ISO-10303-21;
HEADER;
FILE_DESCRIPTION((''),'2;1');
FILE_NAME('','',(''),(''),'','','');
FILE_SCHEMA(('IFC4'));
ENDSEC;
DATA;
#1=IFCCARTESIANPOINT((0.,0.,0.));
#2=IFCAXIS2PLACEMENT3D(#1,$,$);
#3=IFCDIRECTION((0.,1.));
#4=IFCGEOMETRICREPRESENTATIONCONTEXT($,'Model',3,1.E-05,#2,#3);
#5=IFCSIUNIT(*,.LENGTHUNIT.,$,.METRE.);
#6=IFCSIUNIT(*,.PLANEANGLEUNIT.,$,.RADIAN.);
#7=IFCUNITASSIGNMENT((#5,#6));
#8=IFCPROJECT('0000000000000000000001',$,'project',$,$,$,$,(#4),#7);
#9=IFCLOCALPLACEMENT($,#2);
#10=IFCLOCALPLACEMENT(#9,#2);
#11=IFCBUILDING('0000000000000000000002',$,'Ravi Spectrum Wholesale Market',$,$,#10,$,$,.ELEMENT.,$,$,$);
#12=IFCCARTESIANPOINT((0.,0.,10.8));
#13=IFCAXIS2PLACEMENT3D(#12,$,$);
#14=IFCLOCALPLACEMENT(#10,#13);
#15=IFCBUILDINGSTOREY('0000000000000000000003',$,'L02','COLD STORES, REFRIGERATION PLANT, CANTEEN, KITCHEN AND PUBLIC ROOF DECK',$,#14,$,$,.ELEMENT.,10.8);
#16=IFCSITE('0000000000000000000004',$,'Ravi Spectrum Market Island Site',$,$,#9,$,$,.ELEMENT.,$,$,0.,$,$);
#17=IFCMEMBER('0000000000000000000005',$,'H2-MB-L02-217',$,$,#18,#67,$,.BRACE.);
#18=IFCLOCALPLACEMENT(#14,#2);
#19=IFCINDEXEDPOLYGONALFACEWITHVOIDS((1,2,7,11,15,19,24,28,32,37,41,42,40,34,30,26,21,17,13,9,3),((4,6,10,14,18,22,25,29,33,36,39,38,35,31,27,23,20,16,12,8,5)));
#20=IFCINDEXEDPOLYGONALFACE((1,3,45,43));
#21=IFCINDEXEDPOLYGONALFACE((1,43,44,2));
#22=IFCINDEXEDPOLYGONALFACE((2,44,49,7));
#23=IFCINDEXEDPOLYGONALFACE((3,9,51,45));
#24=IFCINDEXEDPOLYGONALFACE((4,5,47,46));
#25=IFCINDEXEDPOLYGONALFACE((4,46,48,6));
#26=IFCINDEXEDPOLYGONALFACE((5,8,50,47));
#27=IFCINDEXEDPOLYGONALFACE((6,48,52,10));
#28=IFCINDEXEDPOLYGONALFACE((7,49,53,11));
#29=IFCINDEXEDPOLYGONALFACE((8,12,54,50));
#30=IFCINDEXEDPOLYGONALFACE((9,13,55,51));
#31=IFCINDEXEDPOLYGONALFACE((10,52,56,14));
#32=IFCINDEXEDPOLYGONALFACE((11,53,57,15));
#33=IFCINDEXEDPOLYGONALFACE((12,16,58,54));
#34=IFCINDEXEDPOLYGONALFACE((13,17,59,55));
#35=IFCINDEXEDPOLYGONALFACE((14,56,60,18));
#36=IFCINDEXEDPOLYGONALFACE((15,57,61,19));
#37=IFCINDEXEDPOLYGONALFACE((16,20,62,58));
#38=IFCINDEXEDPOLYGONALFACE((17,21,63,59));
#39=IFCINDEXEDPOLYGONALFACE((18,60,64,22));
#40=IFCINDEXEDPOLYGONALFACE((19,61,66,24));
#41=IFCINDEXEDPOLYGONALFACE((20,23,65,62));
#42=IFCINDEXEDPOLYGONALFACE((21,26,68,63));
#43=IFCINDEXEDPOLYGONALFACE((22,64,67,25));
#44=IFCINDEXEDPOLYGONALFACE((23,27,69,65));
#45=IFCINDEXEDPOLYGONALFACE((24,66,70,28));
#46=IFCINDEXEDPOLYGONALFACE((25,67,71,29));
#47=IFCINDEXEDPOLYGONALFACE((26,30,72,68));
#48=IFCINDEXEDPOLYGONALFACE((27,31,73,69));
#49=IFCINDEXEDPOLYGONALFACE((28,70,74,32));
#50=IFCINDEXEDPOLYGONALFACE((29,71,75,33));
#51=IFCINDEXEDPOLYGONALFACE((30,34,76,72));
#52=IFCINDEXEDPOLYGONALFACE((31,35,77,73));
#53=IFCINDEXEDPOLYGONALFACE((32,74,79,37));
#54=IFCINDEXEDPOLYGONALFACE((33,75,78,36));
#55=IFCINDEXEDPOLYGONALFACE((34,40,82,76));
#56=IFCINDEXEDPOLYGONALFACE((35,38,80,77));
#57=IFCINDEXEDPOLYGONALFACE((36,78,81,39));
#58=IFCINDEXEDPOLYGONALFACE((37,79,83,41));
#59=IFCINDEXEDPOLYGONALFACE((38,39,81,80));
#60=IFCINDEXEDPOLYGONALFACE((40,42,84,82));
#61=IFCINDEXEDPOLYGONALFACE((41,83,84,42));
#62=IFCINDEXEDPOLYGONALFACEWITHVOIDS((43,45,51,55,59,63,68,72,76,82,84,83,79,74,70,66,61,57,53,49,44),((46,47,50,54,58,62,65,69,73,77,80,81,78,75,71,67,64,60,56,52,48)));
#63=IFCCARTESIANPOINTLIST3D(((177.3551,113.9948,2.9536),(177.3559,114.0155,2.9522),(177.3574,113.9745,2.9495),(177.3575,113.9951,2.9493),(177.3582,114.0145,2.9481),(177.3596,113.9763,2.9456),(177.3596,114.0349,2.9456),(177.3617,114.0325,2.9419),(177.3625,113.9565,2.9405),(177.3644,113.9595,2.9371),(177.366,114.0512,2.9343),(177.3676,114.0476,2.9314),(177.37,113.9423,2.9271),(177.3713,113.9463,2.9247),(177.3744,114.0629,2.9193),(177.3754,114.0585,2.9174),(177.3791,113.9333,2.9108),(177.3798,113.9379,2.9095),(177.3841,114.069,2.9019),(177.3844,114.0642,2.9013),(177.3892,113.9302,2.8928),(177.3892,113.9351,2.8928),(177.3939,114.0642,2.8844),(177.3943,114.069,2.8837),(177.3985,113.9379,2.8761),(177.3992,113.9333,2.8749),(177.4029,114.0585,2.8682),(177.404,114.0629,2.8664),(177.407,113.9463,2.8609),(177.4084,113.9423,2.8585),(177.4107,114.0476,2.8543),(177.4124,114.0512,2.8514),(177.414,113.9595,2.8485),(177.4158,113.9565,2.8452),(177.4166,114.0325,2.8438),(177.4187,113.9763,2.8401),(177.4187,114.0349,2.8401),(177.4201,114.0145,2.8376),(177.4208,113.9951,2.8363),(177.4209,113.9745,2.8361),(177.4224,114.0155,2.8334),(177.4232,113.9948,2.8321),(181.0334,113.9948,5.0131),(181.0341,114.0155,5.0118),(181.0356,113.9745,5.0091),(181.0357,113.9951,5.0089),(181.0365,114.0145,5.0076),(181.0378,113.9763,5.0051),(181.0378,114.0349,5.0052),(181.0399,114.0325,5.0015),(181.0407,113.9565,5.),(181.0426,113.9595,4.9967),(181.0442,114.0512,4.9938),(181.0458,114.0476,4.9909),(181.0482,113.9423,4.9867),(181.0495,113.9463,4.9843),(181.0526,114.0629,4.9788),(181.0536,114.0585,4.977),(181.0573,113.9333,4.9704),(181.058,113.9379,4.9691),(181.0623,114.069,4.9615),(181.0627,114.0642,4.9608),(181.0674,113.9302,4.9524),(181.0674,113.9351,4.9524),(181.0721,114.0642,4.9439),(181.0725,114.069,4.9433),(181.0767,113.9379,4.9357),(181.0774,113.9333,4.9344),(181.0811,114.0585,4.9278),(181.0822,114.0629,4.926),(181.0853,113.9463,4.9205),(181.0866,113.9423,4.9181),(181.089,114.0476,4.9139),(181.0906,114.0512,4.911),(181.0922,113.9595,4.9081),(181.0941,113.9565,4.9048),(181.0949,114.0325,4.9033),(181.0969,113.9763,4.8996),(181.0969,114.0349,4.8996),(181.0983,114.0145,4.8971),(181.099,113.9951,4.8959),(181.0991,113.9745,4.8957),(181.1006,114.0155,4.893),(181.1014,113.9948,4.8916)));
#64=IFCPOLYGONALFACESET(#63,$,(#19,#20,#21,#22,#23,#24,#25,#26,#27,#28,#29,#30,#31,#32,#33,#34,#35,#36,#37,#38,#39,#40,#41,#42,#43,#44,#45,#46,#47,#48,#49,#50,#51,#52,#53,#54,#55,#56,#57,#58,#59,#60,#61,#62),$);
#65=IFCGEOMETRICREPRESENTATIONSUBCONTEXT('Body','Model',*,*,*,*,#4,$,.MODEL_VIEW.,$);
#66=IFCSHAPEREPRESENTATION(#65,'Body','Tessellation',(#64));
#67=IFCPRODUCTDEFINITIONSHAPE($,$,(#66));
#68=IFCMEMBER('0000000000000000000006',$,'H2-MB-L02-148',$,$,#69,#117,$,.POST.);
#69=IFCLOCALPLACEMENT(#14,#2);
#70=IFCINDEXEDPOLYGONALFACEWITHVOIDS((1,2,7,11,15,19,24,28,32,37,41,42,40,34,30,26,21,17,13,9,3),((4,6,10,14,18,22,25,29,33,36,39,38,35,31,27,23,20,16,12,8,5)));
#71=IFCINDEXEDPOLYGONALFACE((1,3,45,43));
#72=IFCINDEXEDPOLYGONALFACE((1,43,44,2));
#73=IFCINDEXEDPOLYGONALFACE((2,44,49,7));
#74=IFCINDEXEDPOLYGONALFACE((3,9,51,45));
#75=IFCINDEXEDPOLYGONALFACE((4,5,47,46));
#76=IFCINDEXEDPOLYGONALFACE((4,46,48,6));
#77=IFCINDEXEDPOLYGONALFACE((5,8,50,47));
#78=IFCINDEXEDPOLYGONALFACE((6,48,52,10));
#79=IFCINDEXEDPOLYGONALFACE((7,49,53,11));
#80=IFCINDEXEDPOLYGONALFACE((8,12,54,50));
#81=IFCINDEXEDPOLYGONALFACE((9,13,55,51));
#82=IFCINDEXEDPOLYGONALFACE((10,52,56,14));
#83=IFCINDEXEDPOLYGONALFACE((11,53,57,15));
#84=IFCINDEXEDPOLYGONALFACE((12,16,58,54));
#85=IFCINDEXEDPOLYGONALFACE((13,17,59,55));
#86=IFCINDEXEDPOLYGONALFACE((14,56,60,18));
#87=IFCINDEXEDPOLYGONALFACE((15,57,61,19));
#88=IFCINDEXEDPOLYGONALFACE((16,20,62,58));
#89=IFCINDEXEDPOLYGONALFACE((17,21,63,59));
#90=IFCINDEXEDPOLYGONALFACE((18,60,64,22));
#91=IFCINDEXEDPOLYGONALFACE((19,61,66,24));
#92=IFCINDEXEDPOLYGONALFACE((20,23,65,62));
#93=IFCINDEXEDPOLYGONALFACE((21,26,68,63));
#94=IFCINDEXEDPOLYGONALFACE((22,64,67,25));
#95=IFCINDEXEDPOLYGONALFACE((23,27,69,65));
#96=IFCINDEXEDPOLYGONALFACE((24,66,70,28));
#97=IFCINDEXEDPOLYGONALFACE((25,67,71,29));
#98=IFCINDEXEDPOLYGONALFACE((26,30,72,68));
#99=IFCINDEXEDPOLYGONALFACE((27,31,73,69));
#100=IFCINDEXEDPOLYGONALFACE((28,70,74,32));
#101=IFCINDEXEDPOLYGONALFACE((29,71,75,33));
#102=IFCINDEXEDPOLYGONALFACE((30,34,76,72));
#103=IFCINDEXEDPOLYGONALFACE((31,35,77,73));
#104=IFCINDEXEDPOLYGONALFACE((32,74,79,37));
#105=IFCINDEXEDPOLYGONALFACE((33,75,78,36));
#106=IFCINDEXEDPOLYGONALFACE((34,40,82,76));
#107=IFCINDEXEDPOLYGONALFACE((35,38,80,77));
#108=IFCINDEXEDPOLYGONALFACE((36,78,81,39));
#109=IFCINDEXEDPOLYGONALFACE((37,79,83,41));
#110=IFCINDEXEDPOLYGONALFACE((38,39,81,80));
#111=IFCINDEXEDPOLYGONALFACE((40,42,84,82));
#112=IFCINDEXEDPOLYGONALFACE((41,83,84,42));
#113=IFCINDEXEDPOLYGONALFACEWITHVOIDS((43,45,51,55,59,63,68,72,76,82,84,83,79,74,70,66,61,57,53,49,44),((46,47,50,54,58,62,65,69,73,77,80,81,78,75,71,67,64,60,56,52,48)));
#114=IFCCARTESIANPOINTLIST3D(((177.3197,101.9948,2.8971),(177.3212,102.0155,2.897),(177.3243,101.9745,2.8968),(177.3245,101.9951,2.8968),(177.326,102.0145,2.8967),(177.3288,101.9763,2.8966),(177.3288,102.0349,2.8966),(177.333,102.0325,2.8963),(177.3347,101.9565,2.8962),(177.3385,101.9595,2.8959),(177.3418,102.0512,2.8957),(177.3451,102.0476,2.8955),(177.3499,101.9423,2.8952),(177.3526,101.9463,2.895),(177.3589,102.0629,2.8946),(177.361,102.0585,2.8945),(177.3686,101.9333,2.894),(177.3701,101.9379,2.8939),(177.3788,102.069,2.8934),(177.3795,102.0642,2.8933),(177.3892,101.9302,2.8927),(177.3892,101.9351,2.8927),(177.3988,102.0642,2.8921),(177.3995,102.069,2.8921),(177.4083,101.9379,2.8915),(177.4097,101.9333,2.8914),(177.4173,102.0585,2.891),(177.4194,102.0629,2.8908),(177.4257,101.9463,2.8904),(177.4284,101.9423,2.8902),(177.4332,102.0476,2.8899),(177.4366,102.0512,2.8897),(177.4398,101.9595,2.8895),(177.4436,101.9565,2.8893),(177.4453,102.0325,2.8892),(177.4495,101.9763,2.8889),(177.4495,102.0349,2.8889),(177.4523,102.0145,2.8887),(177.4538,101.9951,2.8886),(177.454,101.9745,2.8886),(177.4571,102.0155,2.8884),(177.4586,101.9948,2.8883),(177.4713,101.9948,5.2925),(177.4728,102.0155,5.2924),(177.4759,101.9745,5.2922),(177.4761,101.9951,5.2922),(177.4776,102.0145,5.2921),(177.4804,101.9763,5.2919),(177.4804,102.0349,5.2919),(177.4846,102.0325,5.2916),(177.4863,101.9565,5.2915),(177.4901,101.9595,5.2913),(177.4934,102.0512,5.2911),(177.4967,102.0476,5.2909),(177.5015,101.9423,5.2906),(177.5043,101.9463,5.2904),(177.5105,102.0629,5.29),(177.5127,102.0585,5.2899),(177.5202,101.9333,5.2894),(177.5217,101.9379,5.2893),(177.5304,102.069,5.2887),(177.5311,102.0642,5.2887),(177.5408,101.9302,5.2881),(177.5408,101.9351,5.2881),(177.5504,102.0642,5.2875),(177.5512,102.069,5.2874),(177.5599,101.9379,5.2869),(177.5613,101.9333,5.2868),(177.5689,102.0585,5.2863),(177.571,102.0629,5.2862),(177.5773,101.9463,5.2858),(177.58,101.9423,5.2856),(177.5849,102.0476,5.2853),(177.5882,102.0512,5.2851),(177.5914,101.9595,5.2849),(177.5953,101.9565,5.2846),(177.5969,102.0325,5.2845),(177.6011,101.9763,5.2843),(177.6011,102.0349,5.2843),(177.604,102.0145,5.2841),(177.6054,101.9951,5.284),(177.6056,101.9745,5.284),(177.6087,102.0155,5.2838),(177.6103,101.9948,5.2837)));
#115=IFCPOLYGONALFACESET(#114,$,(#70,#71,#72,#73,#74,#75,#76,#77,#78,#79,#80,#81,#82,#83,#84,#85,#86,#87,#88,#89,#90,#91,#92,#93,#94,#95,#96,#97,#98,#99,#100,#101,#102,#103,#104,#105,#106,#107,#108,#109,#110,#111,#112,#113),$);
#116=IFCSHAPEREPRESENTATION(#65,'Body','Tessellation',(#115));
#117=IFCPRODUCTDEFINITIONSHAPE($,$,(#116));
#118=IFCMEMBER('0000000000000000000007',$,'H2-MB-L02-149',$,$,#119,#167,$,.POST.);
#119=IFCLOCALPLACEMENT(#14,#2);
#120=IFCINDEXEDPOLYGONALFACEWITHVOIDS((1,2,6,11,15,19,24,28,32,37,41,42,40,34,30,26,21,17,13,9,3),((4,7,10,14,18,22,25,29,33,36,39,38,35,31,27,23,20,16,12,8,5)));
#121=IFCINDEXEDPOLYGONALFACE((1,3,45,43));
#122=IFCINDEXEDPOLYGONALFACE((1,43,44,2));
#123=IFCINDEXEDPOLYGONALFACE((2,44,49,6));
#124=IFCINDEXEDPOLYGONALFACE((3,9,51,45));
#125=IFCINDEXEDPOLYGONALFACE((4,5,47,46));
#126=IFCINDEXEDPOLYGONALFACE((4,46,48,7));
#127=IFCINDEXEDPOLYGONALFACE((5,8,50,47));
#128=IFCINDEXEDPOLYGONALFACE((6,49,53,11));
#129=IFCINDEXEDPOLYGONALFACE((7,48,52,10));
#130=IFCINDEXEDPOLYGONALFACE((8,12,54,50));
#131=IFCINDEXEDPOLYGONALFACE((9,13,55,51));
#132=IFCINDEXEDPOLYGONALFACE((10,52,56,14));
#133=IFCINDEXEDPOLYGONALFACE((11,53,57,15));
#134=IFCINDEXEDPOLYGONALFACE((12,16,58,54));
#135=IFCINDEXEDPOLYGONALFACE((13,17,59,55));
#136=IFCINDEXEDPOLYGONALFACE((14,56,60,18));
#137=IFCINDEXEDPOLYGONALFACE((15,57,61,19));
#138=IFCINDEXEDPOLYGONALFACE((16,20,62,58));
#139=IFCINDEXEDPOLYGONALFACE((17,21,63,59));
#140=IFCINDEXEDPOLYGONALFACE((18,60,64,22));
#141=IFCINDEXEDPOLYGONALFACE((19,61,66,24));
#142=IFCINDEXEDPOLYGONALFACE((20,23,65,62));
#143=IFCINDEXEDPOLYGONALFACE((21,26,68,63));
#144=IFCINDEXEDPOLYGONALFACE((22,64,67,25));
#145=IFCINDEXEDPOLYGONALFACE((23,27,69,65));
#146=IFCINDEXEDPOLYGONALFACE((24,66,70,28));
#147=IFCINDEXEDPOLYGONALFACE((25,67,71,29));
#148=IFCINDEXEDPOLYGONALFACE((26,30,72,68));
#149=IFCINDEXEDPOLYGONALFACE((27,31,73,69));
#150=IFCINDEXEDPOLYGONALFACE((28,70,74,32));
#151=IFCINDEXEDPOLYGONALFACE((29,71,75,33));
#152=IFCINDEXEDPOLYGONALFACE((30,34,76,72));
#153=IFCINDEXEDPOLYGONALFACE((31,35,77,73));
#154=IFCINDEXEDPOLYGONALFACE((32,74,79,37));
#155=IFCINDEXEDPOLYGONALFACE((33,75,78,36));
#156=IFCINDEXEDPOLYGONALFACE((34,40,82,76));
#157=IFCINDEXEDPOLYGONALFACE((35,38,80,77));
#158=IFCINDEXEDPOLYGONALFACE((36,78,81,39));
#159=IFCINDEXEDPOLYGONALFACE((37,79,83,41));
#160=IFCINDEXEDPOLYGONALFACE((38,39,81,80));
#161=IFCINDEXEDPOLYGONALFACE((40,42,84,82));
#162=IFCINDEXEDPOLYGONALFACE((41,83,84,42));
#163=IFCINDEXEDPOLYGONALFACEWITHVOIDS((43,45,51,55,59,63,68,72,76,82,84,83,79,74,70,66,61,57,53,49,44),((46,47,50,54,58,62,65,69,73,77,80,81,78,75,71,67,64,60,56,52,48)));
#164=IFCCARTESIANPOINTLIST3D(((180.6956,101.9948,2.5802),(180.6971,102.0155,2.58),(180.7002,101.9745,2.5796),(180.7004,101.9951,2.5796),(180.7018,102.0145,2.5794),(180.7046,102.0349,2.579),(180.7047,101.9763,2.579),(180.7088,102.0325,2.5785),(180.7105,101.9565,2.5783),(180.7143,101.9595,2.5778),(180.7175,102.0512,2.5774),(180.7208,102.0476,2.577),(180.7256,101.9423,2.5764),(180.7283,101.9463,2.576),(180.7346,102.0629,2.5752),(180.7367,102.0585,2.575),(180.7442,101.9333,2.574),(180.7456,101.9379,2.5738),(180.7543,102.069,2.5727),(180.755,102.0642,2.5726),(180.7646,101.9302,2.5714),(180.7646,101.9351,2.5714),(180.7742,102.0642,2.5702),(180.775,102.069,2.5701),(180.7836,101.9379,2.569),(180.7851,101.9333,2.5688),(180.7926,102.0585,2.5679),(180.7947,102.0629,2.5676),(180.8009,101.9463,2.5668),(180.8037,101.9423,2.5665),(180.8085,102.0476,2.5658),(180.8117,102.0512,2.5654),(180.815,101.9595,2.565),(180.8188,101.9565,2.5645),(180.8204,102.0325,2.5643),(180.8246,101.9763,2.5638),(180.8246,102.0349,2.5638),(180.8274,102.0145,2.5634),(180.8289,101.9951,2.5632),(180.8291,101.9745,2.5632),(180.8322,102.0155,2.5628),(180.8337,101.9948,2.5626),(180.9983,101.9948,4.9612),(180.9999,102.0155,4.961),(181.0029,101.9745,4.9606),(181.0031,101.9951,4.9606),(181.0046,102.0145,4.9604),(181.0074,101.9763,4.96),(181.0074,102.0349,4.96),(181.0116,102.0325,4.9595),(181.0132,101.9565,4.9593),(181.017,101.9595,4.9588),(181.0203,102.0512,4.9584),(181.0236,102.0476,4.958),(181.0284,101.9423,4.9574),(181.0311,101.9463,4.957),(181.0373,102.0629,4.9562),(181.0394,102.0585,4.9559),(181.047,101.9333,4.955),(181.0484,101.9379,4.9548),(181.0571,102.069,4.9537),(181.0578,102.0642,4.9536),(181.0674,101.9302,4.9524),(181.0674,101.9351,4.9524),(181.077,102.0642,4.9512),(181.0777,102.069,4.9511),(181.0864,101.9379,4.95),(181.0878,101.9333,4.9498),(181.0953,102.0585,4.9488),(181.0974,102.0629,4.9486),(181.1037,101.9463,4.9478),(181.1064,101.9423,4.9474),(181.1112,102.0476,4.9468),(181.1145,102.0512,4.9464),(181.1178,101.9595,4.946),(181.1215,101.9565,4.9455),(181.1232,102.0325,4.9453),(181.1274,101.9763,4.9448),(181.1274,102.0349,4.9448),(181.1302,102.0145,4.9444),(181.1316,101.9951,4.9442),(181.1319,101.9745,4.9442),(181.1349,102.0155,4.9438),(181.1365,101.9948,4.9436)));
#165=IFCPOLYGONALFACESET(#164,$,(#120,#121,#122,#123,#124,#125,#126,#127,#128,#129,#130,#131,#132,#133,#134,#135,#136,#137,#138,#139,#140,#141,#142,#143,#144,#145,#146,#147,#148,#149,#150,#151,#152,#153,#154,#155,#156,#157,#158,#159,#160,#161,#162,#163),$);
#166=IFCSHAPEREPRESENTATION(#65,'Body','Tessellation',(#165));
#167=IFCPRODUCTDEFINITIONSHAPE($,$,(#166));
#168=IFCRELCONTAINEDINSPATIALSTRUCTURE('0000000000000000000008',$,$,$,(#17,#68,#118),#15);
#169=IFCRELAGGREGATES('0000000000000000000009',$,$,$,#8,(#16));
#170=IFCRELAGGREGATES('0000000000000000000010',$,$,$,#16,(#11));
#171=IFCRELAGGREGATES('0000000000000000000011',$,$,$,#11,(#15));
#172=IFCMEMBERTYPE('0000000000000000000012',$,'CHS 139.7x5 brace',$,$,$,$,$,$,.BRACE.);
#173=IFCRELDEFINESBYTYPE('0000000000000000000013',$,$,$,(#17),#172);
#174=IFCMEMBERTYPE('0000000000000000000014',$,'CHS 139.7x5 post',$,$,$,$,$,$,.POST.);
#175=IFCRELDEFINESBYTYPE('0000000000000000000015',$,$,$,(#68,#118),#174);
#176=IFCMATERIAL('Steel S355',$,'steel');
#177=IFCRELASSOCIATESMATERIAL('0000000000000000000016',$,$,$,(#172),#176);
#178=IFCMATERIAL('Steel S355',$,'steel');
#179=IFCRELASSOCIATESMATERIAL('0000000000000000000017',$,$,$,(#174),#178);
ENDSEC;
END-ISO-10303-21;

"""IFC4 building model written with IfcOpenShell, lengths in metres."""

from ifc_helpers import new_model, si_unit, direction, frame, origin, origin_2d, place, context, subcontext, project, spatial, hollow_circle, extrude, material, material_profile, profile_set, type_object, element, save


model = new_model("IFC4")

# Units and contexts
model_context = context("Model", 3, precision=1e-05, world=origin(), true_north=direction((0.0, 1.0)))
body_context = subcontext(model_context, "Body", "Model", "MODEL_VIEW")
ifc_project = project(units=[si_unit("LENGTHUNIT", "METRE"), si_unit("PLANEANGLEUNIT", "RADIAN")], contexts=[model_context])

# Site, building, storey
site_placement = place(None, origin())
site = spatial("IfcSite", under=ifc_project, at=site_placement, Name="Ravi Spectrum Market Island Site", CompositionType="ELEMENT", RefElevation=0.0)
building_placement = place(site_placement, origin())
building = spatial("IfcBuilding", under=site, at=building_placement, Name="Ravi Spectrum Wholesale Market", CompositionType="ELEMENT")
storey_placement = place(building_placement, frame((0.0, 0.0, 10.8)))
storey = spatial("IfcBuildingStorey", under=building, at=storey_placement, Name="L02", Description="COLD STORES, REFRIGERATION PLANT, CANTEEN, KITCHEN AND PUBLIC ROOF DECK", CompositionType="ELEMENT", Elevation=10.8)

# Members
ifc_material_1 = material(Name="Steel S355", Category="steel")
ifc_material_profile_1 = material_profile(ifc_material_1, hollow_circle(Radius=0.0698, WallThickness=0.0049, at=origin_2d()))
ifc_profile_set_1 = profile_set([ifc_material_profile_1], Name="Steel S355")
member_type_1 = type_object("IfcMemberType", Name="CHS 139.7x5 brace", PredefinedType="BRACE", material=ifc_profile_set_1)
member_1_placement = place(storey_placement, frame((181.0674, 114.0, 4.9524), z_axis=(-0.87253, 0.0, -0.488561), x_axis=(0.0, -1.0, 0.0)))
element("IfcMember", 1, at=member_1_placement, inside=storey, type_object=member_type_1, Name="H2-MB-L02-217", PredefinedType="BRACE", context=body_context, shape_type="SweptSolid", body=[
    extrude(hollow_circle(Radius=0.0698, WallThickness=0.0049, at=origin_2d()), origin(), (0.0, 0.0, 1.0), 4.2156),
])
ifc_material_2 = material(Name="Steel S355", Category="steel")
ifc_material_profile_2 = material_profile(ifc_material_2, hollow_circle(Radius=0.0698, WallThickness=0.0049, at=origin_2d()))
ifc_profile_set_2 = profile_set([ifc_material_profile_2], Name="Steel S355")
member_type_2 = type_object("IfcMemberType", Name="CHS 139.7x5 post", PredefinedType="POST", material=ifc_profile_set_2)
for number, where, z_axis, x_axis, name in (
    (2, (177.5408, 102.0, 5.2881), (-0.06317, 0.0, -0.998003), (0.0, -1.0, 0.0), "H2-MB-L02-148"),
    (3, (181.0674, 102.0, 4.9524), (-0.126138, 0.0, -0.992013), (0.0, -1.0, 0.0), "H2-MB-L02-149"),
):
    element("IfcMember", number, at=place(storey_placement, frame(where, z_axis=z_axis, x_axis=x_axis)), inside=storey, type_object=member_type_2, Name=name, PredefinedType="POST", context=body_context, shape_type="SweptSolid", body=[
        extrude(hollow_circle(Radius=0.0698, WallThickness=0.0049, at=origin_2d()), origin(), (0.0, 0.0, 1.0), 2.4001),
    ])

save(model, "model.ifc")
